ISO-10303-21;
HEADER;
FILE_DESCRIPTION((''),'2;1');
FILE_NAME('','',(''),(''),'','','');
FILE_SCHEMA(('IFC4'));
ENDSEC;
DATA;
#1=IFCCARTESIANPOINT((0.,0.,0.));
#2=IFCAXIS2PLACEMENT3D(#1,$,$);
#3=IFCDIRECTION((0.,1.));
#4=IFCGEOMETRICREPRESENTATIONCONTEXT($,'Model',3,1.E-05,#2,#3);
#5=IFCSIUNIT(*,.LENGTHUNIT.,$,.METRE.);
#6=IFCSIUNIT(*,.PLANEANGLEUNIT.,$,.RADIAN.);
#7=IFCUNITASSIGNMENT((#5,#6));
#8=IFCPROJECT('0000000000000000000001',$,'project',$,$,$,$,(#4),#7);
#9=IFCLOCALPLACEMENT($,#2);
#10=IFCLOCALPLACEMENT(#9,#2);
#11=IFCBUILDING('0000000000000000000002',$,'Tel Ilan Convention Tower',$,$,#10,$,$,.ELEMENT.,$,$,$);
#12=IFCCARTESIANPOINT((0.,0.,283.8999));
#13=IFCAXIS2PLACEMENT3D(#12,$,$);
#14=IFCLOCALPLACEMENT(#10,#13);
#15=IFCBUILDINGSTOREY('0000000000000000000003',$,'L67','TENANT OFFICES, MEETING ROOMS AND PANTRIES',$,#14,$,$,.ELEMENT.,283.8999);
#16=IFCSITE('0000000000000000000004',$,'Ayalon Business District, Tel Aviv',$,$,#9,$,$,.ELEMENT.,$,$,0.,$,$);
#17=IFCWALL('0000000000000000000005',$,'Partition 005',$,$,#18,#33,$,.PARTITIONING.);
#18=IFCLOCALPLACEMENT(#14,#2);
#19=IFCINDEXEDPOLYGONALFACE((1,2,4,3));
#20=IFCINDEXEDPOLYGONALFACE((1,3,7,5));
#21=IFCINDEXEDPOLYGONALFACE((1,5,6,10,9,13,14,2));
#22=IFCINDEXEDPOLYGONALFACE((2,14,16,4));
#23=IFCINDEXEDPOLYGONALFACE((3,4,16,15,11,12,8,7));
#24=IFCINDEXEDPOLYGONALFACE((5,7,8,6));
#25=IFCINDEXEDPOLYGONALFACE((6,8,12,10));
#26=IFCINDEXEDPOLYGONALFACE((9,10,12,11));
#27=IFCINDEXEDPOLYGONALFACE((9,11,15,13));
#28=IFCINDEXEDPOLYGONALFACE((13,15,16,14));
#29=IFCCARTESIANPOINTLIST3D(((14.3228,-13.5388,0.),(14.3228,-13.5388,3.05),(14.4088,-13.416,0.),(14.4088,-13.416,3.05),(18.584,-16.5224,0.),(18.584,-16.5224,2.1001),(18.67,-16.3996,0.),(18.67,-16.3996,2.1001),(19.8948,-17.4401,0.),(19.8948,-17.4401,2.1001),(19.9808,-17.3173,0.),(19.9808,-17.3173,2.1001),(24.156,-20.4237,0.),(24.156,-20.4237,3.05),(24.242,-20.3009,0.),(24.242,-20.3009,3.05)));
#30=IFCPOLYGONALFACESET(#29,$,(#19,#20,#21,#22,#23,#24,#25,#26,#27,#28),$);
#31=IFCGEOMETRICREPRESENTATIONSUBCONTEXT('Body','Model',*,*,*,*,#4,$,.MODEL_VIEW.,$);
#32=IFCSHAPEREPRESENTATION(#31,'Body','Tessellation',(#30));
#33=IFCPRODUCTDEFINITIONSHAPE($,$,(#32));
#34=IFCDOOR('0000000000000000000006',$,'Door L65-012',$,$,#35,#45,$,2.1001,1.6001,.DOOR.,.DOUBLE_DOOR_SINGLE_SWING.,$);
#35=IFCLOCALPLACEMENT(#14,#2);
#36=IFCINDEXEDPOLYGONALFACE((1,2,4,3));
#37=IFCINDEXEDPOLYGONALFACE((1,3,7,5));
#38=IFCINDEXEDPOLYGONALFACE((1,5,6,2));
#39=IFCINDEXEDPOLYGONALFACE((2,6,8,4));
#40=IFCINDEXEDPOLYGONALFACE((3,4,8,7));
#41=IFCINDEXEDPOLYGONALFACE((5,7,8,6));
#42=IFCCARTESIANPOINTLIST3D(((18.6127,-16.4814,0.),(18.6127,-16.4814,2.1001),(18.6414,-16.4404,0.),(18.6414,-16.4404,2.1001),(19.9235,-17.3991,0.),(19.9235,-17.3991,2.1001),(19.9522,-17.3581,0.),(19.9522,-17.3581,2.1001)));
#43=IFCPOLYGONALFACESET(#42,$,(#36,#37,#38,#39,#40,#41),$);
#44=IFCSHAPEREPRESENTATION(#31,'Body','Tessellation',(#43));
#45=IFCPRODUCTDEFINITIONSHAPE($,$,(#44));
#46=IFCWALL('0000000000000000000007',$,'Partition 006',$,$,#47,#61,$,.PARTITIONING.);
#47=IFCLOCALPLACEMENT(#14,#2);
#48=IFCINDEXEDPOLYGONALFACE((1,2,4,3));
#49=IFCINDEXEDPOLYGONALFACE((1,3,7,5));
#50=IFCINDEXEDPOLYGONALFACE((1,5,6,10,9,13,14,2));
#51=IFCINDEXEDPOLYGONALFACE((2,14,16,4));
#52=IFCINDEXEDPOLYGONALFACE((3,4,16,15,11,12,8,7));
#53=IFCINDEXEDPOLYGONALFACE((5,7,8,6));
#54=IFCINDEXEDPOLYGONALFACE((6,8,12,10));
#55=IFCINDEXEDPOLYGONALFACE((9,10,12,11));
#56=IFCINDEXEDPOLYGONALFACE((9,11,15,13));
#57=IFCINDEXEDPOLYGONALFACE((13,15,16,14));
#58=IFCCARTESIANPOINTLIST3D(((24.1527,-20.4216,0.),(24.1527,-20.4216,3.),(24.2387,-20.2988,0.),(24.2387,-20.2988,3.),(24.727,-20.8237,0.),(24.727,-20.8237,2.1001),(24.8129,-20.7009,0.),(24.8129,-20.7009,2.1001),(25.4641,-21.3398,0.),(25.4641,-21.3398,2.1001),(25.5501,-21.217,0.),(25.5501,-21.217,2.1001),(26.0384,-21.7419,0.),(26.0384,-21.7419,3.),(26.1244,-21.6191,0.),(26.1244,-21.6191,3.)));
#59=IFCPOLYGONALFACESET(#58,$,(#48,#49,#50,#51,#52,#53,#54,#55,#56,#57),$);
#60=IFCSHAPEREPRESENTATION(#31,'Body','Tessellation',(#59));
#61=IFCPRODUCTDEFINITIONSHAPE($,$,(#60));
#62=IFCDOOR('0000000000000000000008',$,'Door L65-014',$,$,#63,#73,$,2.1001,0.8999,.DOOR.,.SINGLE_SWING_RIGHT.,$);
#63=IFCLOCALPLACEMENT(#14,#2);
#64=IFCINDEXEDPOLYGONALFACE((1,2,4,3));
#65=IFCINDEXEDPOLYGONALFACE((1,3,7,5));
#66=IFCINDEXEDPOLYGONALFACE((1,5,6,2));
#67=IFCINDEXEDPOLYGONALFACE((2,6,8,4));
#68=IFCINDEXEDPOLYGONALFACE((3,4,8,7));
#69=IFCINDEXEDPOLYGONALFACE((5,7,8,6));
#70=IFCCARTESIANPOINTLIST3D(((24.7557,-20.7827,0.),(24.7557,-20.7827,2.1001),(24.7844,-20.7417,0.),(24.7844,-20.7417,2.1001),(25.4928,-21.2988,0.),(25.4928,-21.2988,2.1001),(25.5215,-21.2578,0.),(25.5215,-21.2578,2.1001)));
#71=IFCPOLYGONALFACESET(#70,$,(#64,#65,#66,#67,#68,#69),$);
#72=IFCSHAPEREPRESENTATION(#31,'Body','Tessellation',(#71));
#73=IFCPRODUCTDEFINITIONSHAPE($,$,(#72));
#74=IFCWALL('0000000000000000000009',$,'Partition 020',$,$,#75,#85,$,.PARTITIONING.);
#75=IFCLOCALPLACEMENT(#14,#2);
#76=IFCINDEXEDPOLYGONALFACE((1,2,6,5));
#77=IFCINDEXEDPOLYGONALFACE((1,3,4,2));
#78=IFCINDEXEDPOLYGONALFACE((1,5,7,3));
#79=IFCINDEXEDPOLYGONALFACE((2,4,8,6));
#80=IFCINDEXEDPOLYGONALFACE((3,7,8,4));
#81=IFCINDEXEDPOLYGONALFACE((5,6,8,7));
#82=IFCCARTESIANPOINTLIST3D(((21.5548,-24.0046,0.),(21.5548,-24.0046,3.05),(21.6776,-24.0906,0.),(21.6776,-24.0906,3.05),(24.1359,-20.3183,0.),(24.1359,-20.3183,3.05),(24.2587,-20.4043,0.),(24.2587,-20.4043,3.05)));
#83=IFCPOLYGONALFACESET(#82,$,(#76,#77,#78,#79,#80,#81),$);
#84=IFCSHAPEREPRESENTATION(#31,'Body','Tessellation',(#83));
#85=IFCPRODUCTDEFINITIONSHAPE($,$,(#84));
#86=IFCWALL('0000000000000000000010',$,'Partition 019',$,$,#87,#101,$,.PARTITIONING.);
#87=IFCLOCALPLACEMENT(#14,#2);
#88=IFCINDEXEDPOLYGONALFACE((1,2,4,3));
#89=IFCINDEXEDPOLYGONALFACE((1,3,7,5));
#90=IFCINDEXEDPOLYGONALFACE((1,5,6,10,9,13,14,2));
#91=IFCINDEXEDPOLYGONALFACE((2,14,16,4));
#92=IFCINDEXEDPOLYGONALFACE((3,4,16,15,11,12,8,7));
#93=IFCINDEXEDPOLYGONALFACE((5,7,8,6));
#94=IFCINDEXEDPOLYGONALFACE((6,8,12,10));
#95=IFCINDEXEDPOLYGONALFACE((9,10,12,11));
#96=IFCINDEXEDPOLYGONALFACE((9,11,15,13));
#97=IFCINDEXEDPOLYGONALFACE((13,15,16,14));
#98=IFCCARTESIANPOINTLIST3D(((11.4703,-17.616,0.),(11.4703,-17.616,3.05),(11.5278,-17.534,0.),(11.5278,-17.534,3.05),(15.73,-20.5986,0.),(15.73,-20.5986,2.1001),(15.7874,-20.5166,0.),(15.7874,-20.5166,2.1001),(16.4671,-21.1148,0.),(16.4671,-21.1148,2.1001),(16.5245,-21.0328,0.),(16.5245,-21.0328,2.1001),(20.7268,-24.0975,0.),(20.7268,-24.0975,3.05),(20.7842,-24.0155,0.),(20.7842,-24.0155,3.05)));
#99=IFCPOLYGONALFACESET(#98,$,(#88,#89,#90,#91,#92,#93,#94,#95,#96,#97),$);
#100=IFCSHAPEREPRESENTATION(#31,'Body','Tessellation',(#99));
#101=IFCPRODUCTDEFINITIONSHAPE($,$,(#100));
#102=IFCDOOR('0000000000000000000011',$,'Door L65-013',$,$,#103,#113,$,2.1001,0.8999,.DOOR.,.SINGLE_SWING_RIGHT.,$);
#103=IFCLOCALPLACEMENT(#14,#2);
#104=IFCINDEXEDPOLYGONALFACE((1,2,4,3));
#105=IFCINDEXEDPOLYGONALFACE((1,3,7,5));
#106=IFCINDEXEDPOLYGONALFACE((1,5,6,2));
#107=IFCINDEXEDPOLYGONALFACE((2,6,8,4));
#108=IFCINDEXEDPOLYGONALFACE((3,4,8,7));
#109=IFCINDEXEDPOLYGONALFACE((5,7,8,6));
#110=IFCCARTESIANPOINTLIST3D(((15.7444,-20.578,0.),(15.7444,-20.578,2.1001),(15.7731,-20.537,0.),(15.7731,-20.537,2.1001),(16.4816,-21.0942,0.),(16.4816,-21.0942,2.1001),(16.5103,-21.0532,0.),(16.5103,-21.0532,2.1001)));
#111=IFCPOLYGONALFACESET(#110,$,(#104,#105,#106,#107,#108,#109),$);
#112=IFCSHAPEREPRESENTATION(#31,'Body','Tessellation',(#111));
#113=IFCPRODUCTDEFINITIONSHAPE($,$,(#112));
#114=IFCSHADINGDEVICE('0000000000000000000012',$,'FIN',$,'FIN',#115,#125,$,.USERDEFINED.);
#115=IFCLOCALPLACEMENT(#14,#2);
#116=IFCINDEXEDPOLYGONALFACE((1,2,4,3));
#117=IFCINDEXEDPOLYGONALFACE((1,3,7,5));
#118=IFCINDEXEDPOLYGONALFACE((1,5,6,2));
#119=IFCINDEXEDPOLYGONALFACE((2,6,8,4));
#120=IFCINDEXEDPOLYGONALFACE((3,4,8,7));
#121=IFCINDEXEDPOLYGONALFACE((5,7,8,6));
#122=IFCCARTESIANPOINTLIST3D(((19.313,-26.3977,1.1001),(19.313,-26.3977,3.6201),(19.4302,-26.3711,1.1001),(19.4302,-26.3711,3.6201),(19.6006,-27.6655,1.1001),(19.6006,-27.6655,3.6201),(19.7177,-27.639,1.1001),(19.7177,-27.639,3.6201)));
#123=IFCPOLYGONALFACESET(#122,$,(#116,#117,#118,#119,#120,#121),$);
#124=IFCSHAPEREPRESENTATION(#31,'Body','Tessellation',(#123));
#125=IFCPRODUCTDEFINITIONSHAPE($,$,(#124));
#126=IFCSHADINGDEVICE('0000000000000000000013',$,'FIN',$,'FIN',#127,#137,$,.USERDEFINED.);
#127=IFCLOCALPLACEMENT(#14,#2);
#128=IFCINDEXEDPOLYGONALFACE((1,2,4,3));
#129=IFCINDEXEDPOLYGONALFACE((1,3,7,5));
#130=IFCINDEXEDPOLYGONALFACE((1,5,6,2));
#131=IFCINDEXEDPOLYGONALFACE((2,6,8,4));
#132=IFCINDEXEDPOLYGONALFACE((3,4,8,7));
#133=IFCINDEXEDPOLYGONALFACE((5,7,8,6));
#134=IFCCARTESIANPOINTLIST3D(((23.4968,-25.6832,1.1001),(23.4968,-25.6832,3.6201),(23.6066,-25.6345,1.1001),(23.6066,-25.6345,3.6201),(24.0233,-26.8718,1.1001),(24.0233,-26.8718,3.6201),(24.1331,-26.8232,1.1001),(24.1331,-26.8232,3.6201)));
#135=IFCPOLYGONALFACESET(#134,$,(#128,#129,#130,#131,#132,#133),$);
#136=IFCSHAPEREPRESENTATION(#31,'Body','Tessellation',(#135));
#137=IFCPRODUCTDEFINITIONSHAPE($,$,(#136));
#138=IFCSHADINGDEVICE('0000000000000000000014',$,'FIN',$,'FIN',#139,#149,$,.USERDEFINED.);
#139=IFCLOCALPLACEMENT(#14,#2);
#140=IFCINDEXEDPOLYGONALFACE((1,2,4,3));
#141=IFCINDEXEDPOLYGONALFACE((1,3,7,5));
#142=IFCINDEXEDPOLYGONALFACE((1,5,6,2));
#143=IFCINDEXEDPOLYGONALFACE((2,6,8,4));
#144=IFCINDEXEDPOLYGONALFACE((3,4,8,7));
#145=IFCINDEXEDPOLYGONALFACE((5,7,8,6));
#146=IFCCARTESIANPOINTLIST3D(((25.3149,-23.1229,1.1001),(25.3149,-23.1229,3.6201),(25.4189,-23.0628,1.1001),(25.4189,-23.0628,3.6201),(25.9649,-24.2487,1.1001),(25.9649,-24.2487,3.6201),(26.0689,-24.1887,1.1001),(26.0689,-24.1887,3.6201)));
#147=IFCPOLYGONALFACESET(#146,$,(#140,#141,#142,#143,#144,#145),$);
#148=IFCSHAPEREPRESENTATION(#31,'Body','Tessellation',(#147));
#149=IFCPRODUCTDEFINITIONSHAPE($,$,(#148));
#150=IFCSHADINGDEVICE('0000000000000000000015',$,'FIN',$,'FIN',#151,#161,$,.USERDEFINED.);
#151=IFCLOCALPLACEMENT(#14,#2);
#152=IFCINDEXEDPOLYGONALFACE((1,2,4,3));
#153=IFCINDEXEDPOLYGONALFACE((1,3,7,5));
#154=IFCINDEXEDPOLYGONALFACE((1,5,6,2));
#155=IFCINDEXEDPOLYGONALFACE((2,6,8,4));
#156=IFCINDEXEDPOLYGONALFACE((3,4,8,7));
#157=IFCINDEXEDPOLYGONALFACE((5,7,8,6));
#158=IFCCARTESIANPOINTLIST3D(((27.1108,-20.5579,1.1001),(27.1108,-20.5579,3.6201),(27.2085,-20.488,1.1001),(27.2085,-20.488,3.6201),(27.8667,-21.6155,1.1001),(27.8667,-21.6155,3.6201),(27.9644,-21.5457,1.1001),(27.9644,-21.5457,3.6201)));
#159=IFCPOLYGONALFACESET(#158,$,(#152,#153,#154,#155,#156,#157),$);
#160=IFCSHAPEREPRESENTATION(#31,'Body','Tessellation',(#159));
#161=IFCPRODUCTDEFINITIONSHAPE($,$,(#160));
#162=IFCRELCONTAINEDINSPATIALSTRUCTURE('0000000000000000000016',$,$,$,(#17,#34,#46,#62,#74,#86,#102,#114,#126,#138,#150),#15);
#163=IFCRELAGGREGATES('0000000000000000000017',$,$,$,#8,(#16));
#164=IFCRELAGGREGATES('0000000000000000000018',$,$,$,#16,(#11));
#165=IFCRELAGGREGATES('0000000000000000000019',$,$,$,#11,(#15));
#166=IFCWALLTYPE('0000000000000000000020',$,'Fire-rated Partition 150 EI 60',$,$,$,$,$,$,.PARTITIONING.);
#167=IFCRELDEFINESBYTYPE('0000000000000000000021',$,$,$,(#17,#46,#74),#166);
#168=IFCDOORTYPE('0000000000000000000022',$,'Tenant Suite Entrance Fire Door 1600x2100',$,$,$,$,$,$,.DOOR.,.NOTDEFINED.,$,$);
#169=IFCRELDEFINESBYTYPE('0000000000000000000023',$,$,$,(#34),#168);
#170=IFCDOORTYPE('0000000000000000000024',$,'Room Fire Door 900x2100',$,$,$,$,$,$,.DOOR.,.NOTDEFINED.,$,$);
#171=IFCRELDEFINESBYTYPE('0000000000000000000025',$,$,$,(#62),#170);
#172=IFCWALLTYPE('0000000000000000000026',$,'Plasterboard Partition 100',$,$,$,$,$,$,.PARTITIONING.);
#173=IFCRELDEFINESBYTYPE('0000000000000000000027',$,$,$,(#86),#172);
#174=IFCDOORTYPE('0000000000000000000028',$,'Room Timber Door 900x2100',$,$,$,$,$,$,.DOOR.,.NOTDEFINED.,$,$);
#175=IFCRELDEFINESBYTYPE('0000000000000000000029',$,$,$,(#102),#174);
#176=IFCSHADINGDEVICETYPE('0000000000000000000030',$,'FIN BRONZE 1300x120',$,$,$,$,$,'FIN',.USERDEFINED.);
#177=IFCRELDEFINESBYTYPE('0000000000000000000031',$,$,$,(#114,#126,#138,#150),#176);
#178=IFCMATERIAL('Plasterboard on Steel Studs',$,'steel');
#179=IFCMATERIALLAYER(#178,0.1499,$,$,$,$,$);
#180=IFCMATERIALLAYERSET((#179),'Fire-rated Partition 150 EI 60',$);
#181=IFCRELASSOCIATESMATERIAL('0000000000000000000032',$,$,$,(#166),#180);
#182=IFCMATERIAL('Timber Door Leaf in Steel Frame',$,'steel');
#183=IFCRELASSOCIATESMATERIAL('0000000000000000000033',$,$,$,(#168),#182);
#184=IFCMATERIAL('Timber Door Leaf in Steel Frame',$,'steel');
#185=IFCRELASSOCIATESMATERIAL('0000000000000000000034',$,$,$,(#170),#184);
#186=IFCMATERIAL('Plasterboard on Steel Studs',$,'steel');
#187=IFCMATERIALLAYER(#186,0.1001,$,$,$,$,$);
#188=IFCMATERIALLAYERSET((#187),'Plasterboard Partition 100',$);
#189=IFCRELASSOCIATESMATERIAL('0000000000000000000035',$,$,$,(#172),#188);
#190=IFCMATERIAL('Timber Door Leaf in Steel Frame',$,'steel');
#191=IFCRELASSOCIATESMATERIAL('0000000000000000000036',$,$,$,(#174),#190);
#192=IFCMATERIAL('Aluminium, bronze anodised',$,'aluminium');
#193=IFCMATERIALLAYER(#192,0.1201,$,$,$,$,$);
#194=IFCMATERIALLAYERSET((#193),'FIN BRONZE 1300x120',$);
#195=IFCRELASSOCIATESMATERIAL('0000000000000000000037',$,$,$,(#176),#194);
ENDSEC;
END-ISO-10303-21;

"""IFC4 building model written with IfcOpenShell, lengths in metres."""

from ifc_helpers import new_model, si_unit, direction, frame, frame_2d, origin, origin_2d, place, context, subcontext, project, spatial, rectangle, extrude, material, layer, layer_set, type_object, element, fill, save


model = new_model("IFC4")

# Units and contexts
model_context = context("Model", 3, precision=1e-05, world=origin(), true_north=direction((0.0, 1.0)))
body_context = subcontext(model_context, "Body", "Model", "MODEL_VIEW")
ifc_project = project(units=[si_unit("LENGTHUNIT", "METRE"), si_unit("PLANEANGLEUNIT", "RADIAN")], contexts=[model_context])

# Site, building, storey
site_placement = place(None, origin())
site = spatial("IfcSite", under=ifc_project, at=site_placement, Name="Ayalon Business District, Tel Aviv", CompositionType="ELEMENT", RefElevation=0.0)
building_placement = place(site_placement, origin())
building = spatial("IfcBuilding", under=site, at=building_placement, Name="Tel Ilan Convention Tower", CompositionType="ELEMENT")
storey_placement = place(building_placement, frame((0.0, 0.0, 283.8999)))
storey = spatial("IfcBuildingStorey", under=building, at=storey_placement, Name="L67", Description="TENANT OFFICES, MEETING ROOMS AND PANTRIES", CompositionType="ELEMENT", Elevation=283.8999)

# Walls, openings, doors
ifc_material_1 = material(Name="Plasterboard on Steel Studs", Category="steel")
ifc_layer_1 = layer(ifc_material_1, 0.1499)
ifc_layer_set_1 = layer_set([ifc_layer_1], Name="Fire-rated Partition 150 EI 60")
wall_type_1 = type_object("IfcWallType", Name="Fire-rated Partition 150 EI 60", PredefinedType="PARTITIONING", material=ifc_layer_set_1)
wall_1_placement = place(storey_placement, frame((24.199, -20.3623, 0.0), z_axis=(0.0, 0.0, 1.0), x_axis=(-0.819164, 0.573559, 0.0)))
wall_1 = element("IfcWall", 1, at=wall_1_placement, inside=storey, type_object=wall_type_1, Name="Partition 005", PredefinedType="PARTITIONING", context=body_context, shape_type="SweptSolid", body=[
    extrude(rectangle(XDim=12.0039, YDim=0.1499, at=frame_2d((6.002, 0.0))), origin(), (0.0, 0.0, 1.0), 3.05),
])
opening_1_placement = place(wall_1_placement, frame((5.2019, 0.0, 0.0)))
opening_1 = element("IfcOpeningElement", 2, at=opening_1_placement, cuts=wall_1, PredefinedType="OPENING", context=body_context, shape_type="SweptSolid", body=[
    extrude(rectangle(XDim=1.6001, YDim=2.1001, at=frame_2d((0.8, 1.05))), frame((0.0, 0.085, 0.0), z_axis=(0.0, -1.0, 0.0), x_axis=(1.0, 0.0, 0.0)), (0.0, 0.0, 1.0), 0.1699),
])
ifc_material_2 = material(Name="Timber Door Leaf in Steel Frame", Category="steel")
door_type_1 = type_object("IfcDoorType", Name="Tenant Suite Entrance Fire Door 1600x2100", OperationType="NOTDEFINED", PredefinedType="DOOR", material=ifc_material_2)
door_1_placement = place(opening_1_placement, origin())
door_1 = element("IfcDoor", 3, at=door_1_placement, inside=storey, type_object=door_type_1, Name="Door L65-012", OperationType="DOUBLE_DOOR_SINGLE_SWING", OverallHeight=2.1001, OverallWidth=1.6001, PredefinedType="DOOR", context=body_context, shape_type="SweptSolid", body=[
    extrude(rectangle(XDim=1.6001, YDim=2.1001, at=frame_2d((0.8, 1.05))), frame((0.0, 0.0249, 0.0), z_axis=(0.0, -1.0, 0.0), x_axis=(1.0, 0.0, 0.0)), (0.0, 0.0, 1.0), 0.05),
])
fill(opening_1, door_1)
wall_2_placement = place(storey_placement, frame((26.0813, -21.6804, 0.0), z_axis=(0.0, 0.0, 1.0), x_axis=(-0.819172, 0.573548, 0.0)))
wall_2 = element("IfcWall", 4, at=wall_2_placement, inside=storey, type_object=wall_type_1, Name="Partition 006", PredefinedType="PARTITIONING", context=body_context, shape_type="SweptSolid", body=[
    extrude(rectangle(XDim=2.302, YDim=0.1499, at=frame_2d((1.1509, 0.0))), origin(), (0.0, 0.0, 1.0), 3.0),
])
opening_2_placement = place(wall_2_placement, frame((0.7009, 0.0, 0.0)))
opening_2 = element("IfcOpeningElement", 5, at=opening_2_placement, cuts=wall_2, PredefinedType="OPENING", context=body_context, shape_type="SweptSolid", body=[
    extrude(rectangle(XDim=0.8999, YDim=2.1001, at=frame_2d((0.45, 1.05))), frame((0.0, 0.085, 0.0), z_axis=(0.0, -1.0, 0.0), x_axis=(1.0, 0.0, 0.0)), (0.0, 0.0, 1.0), 0.1699),
])
ifc_material_3 = material(Name="Timber Door Leaf in Steel Frame", Category="steel")
door_type_2 = type_object("IfcDoorType", Name="Room Fire Door 900x2100", OperationType="NOTDEFINED", PredefinedType="DOOR", material=ifc_material_3)
door_2_placement = place(opening_2_placement, origin())
door_2 = element("IfcDoor", 6, at=door_2_placement, inside=storey, type_object=door_type_2, Name="Door L65-014", OperationType="SINGLE_SWING_RIGHT", OverallHeight=2.1001, OverallWidth=0.8999, PredefinedType="DOOR", context=body_context, shape_type="SweptSolid", body=[
    extrude(rectangle(XDim=0.8999, YDim=2.1001, at=frame_2d((0.45, 1.05))), frame((0.0, 0.0249, 0.0), z_axis=(0.0, -1.0, 0.0), x_axis=(1.0, 0.0, 0.0)), (0.0, 0.0, 1.0), 0.05),
])
fill(opening_2, door_2)

# Wall
wall_3_placement = place(storey_placement, frame((24.1973, -20.3613, 0.0), z_axis=(0.0, 0.0, 1.0), x_axis=(-0.573561, -0.819163, 0.0)))
element("IfcWall", 7, at=wall_3_placement, inside=storey, type_object=wall_type_1, Name="Partition 020", PredefinedType="PARTITIONING", context=body_context, shape_type="SweptSolid", body=[
    extrude(rectangle(XDim=4.5, YDim=0.1499, at=frame_2d((2.25, 0.0))), origin(), (0.0, 0.0, 1.0), 3.05),
])

# Wall, opening, door
ifc_material_4 = material(Name="Plasterboard on Steel Studs", Category="steel")
ifc_layer_2 = layer(ifc_material_4, 0.1001)
ifc_layer_set_2 = layer_set([ifc_layer_2], Name="Plasterboard Partition 100")
wall_type_2 = type_object("IfcWallType", Name="Plasterboard Partition 100", PredefinedType="PARTITIONING", material=ifc_layer_set_2)
wall_4_placement = place(storey_placement, frame((20.7554, -24.0564, 0.0), z_axis=(0.0, 0.0, 1.0), x_axis=(-0.819149, 0.573581, 0.0)))
wall_4 = element("IfcWall", 8, at=wall_4_placement, inside=storey, type_object=wall_type_2, Name="Partition 019", PredefinedType="PARTITIONING", context=body_context, shape_type="SweptSolid", body=[
    extrude(rectangle(XDim=11.3, YDim=0.1001, at=frame_2d((5.6499, 0.0))), origin(), (0.0, 0.0, 1.0), 3.05),
])
opening_3_placement = place(wall_4_placement, frame((5.2, 0.0, 0.0)))
opening_3 = element("IfcOpeningElement", 9, at=opening_3_placement, cuts=wall_4, PredefinedType="OPENING", context=body_context, shape_type="SweptSolid", body=[
    extrude(rectangle(XDim=0.8999, YDim=2.1001, at=frame_2d((0.45, 1.05))), frame((0.0, 0.0601, 0.0), z_axis=(0.0, -1.0, 0.0), x_axis=(1.0, 0.0, 0.0)), (0.0, 0.0, 1.0), 0.1201),
])
ifc_material_5 = material(Name="Timber Door Leaf in Steel Frame", Category="steel")
door_type_3 = type_object("IfcDoorType", Name="Room Timber Door 900x2100", OperationType="NOTDEFINED", PredefinedType="DOOR", material=ifc_material_5)
door_3_placement = place(opening_3_placement, origin())
door_3 = element("IfcDoor", 10, at=door_3_placement, inside=storey, type_object=door_type_3, Name="Door L65-013", OperationType="SINGLE_SWING_RIGHT", OverallHeight=2.1001, OverallWidth=0.8999, PredefinedType="DOOR", context=body_context, shape_type="SweptSolid", body=[
    extrude(rectangle(XDim=0.8999, YDim=2.1001, at=frame_2d((0.45, 1.05))), frame((0.0, 0.0249, 0.0), z_axis=(0.0, -1.0, 0.0), x_axis=(1.0, 0.0, 0.0)), (0.0, 0.0, 1.0), 0.05),
])
fill(opening_3, door_3)

# Shading devices
ifc_material_6 = material(Name="Aluminium, bronze anodised", Category="aluminium")
ifc_layer_3 = layer(ifc_material_6, 0.1201)
ifc_layer_set_3 = layer_set([ifc_layer_3], Name="FIN BRONZE 1300x120")
shading_device_type = type_object("IfcShadingDeviceType", Name="FIN BRONZE 1300x120", ElementType="FIN", PredefinedType="USERDEFINED", material=ifc_layer_set_3)
for number, where, z_axis, x_axis, name in (
    (11, (19.5154, -27.0183, 1.1001), (0.0, 0.0, 1.0), (0.22117, -0.975235, 0.0), "FIN"),
    (12, (23.8149, -26.2532, 1.1001), (0.0, 0.0, 1.0), (0.404964, -0.914333, 0.0), "FIN"),
    (13, (25.6919, -23.6558, 1.1001), (0.0, 0.0, 1.0), (0.5, -0.866025, 0.0), "FIN"),
    (14, (27.5376, -21.0518, 1.1001), (0.0, 0.0, 1.0), (0.581492, -0.813552, 0.0), "FIN"),
):
    element("IfcShadingDevice", number, at=place(storey_placement, frame(where, z_axis=z_axis, x_axis=x_axis)), inside=storey, type_object=shading_device_type, Name=name, ObjectType="FIN", PredefinedType="USERDEFINED", context=body_context, shape_type="SweptSolid", body=[
        extrude(rectangle(XDim=1.3, YDim=0.1201, at=origin_2d()), origin(), (0.0, 0.0, 1.0), 2.52),
    ])

save(model, "model.ifc")
